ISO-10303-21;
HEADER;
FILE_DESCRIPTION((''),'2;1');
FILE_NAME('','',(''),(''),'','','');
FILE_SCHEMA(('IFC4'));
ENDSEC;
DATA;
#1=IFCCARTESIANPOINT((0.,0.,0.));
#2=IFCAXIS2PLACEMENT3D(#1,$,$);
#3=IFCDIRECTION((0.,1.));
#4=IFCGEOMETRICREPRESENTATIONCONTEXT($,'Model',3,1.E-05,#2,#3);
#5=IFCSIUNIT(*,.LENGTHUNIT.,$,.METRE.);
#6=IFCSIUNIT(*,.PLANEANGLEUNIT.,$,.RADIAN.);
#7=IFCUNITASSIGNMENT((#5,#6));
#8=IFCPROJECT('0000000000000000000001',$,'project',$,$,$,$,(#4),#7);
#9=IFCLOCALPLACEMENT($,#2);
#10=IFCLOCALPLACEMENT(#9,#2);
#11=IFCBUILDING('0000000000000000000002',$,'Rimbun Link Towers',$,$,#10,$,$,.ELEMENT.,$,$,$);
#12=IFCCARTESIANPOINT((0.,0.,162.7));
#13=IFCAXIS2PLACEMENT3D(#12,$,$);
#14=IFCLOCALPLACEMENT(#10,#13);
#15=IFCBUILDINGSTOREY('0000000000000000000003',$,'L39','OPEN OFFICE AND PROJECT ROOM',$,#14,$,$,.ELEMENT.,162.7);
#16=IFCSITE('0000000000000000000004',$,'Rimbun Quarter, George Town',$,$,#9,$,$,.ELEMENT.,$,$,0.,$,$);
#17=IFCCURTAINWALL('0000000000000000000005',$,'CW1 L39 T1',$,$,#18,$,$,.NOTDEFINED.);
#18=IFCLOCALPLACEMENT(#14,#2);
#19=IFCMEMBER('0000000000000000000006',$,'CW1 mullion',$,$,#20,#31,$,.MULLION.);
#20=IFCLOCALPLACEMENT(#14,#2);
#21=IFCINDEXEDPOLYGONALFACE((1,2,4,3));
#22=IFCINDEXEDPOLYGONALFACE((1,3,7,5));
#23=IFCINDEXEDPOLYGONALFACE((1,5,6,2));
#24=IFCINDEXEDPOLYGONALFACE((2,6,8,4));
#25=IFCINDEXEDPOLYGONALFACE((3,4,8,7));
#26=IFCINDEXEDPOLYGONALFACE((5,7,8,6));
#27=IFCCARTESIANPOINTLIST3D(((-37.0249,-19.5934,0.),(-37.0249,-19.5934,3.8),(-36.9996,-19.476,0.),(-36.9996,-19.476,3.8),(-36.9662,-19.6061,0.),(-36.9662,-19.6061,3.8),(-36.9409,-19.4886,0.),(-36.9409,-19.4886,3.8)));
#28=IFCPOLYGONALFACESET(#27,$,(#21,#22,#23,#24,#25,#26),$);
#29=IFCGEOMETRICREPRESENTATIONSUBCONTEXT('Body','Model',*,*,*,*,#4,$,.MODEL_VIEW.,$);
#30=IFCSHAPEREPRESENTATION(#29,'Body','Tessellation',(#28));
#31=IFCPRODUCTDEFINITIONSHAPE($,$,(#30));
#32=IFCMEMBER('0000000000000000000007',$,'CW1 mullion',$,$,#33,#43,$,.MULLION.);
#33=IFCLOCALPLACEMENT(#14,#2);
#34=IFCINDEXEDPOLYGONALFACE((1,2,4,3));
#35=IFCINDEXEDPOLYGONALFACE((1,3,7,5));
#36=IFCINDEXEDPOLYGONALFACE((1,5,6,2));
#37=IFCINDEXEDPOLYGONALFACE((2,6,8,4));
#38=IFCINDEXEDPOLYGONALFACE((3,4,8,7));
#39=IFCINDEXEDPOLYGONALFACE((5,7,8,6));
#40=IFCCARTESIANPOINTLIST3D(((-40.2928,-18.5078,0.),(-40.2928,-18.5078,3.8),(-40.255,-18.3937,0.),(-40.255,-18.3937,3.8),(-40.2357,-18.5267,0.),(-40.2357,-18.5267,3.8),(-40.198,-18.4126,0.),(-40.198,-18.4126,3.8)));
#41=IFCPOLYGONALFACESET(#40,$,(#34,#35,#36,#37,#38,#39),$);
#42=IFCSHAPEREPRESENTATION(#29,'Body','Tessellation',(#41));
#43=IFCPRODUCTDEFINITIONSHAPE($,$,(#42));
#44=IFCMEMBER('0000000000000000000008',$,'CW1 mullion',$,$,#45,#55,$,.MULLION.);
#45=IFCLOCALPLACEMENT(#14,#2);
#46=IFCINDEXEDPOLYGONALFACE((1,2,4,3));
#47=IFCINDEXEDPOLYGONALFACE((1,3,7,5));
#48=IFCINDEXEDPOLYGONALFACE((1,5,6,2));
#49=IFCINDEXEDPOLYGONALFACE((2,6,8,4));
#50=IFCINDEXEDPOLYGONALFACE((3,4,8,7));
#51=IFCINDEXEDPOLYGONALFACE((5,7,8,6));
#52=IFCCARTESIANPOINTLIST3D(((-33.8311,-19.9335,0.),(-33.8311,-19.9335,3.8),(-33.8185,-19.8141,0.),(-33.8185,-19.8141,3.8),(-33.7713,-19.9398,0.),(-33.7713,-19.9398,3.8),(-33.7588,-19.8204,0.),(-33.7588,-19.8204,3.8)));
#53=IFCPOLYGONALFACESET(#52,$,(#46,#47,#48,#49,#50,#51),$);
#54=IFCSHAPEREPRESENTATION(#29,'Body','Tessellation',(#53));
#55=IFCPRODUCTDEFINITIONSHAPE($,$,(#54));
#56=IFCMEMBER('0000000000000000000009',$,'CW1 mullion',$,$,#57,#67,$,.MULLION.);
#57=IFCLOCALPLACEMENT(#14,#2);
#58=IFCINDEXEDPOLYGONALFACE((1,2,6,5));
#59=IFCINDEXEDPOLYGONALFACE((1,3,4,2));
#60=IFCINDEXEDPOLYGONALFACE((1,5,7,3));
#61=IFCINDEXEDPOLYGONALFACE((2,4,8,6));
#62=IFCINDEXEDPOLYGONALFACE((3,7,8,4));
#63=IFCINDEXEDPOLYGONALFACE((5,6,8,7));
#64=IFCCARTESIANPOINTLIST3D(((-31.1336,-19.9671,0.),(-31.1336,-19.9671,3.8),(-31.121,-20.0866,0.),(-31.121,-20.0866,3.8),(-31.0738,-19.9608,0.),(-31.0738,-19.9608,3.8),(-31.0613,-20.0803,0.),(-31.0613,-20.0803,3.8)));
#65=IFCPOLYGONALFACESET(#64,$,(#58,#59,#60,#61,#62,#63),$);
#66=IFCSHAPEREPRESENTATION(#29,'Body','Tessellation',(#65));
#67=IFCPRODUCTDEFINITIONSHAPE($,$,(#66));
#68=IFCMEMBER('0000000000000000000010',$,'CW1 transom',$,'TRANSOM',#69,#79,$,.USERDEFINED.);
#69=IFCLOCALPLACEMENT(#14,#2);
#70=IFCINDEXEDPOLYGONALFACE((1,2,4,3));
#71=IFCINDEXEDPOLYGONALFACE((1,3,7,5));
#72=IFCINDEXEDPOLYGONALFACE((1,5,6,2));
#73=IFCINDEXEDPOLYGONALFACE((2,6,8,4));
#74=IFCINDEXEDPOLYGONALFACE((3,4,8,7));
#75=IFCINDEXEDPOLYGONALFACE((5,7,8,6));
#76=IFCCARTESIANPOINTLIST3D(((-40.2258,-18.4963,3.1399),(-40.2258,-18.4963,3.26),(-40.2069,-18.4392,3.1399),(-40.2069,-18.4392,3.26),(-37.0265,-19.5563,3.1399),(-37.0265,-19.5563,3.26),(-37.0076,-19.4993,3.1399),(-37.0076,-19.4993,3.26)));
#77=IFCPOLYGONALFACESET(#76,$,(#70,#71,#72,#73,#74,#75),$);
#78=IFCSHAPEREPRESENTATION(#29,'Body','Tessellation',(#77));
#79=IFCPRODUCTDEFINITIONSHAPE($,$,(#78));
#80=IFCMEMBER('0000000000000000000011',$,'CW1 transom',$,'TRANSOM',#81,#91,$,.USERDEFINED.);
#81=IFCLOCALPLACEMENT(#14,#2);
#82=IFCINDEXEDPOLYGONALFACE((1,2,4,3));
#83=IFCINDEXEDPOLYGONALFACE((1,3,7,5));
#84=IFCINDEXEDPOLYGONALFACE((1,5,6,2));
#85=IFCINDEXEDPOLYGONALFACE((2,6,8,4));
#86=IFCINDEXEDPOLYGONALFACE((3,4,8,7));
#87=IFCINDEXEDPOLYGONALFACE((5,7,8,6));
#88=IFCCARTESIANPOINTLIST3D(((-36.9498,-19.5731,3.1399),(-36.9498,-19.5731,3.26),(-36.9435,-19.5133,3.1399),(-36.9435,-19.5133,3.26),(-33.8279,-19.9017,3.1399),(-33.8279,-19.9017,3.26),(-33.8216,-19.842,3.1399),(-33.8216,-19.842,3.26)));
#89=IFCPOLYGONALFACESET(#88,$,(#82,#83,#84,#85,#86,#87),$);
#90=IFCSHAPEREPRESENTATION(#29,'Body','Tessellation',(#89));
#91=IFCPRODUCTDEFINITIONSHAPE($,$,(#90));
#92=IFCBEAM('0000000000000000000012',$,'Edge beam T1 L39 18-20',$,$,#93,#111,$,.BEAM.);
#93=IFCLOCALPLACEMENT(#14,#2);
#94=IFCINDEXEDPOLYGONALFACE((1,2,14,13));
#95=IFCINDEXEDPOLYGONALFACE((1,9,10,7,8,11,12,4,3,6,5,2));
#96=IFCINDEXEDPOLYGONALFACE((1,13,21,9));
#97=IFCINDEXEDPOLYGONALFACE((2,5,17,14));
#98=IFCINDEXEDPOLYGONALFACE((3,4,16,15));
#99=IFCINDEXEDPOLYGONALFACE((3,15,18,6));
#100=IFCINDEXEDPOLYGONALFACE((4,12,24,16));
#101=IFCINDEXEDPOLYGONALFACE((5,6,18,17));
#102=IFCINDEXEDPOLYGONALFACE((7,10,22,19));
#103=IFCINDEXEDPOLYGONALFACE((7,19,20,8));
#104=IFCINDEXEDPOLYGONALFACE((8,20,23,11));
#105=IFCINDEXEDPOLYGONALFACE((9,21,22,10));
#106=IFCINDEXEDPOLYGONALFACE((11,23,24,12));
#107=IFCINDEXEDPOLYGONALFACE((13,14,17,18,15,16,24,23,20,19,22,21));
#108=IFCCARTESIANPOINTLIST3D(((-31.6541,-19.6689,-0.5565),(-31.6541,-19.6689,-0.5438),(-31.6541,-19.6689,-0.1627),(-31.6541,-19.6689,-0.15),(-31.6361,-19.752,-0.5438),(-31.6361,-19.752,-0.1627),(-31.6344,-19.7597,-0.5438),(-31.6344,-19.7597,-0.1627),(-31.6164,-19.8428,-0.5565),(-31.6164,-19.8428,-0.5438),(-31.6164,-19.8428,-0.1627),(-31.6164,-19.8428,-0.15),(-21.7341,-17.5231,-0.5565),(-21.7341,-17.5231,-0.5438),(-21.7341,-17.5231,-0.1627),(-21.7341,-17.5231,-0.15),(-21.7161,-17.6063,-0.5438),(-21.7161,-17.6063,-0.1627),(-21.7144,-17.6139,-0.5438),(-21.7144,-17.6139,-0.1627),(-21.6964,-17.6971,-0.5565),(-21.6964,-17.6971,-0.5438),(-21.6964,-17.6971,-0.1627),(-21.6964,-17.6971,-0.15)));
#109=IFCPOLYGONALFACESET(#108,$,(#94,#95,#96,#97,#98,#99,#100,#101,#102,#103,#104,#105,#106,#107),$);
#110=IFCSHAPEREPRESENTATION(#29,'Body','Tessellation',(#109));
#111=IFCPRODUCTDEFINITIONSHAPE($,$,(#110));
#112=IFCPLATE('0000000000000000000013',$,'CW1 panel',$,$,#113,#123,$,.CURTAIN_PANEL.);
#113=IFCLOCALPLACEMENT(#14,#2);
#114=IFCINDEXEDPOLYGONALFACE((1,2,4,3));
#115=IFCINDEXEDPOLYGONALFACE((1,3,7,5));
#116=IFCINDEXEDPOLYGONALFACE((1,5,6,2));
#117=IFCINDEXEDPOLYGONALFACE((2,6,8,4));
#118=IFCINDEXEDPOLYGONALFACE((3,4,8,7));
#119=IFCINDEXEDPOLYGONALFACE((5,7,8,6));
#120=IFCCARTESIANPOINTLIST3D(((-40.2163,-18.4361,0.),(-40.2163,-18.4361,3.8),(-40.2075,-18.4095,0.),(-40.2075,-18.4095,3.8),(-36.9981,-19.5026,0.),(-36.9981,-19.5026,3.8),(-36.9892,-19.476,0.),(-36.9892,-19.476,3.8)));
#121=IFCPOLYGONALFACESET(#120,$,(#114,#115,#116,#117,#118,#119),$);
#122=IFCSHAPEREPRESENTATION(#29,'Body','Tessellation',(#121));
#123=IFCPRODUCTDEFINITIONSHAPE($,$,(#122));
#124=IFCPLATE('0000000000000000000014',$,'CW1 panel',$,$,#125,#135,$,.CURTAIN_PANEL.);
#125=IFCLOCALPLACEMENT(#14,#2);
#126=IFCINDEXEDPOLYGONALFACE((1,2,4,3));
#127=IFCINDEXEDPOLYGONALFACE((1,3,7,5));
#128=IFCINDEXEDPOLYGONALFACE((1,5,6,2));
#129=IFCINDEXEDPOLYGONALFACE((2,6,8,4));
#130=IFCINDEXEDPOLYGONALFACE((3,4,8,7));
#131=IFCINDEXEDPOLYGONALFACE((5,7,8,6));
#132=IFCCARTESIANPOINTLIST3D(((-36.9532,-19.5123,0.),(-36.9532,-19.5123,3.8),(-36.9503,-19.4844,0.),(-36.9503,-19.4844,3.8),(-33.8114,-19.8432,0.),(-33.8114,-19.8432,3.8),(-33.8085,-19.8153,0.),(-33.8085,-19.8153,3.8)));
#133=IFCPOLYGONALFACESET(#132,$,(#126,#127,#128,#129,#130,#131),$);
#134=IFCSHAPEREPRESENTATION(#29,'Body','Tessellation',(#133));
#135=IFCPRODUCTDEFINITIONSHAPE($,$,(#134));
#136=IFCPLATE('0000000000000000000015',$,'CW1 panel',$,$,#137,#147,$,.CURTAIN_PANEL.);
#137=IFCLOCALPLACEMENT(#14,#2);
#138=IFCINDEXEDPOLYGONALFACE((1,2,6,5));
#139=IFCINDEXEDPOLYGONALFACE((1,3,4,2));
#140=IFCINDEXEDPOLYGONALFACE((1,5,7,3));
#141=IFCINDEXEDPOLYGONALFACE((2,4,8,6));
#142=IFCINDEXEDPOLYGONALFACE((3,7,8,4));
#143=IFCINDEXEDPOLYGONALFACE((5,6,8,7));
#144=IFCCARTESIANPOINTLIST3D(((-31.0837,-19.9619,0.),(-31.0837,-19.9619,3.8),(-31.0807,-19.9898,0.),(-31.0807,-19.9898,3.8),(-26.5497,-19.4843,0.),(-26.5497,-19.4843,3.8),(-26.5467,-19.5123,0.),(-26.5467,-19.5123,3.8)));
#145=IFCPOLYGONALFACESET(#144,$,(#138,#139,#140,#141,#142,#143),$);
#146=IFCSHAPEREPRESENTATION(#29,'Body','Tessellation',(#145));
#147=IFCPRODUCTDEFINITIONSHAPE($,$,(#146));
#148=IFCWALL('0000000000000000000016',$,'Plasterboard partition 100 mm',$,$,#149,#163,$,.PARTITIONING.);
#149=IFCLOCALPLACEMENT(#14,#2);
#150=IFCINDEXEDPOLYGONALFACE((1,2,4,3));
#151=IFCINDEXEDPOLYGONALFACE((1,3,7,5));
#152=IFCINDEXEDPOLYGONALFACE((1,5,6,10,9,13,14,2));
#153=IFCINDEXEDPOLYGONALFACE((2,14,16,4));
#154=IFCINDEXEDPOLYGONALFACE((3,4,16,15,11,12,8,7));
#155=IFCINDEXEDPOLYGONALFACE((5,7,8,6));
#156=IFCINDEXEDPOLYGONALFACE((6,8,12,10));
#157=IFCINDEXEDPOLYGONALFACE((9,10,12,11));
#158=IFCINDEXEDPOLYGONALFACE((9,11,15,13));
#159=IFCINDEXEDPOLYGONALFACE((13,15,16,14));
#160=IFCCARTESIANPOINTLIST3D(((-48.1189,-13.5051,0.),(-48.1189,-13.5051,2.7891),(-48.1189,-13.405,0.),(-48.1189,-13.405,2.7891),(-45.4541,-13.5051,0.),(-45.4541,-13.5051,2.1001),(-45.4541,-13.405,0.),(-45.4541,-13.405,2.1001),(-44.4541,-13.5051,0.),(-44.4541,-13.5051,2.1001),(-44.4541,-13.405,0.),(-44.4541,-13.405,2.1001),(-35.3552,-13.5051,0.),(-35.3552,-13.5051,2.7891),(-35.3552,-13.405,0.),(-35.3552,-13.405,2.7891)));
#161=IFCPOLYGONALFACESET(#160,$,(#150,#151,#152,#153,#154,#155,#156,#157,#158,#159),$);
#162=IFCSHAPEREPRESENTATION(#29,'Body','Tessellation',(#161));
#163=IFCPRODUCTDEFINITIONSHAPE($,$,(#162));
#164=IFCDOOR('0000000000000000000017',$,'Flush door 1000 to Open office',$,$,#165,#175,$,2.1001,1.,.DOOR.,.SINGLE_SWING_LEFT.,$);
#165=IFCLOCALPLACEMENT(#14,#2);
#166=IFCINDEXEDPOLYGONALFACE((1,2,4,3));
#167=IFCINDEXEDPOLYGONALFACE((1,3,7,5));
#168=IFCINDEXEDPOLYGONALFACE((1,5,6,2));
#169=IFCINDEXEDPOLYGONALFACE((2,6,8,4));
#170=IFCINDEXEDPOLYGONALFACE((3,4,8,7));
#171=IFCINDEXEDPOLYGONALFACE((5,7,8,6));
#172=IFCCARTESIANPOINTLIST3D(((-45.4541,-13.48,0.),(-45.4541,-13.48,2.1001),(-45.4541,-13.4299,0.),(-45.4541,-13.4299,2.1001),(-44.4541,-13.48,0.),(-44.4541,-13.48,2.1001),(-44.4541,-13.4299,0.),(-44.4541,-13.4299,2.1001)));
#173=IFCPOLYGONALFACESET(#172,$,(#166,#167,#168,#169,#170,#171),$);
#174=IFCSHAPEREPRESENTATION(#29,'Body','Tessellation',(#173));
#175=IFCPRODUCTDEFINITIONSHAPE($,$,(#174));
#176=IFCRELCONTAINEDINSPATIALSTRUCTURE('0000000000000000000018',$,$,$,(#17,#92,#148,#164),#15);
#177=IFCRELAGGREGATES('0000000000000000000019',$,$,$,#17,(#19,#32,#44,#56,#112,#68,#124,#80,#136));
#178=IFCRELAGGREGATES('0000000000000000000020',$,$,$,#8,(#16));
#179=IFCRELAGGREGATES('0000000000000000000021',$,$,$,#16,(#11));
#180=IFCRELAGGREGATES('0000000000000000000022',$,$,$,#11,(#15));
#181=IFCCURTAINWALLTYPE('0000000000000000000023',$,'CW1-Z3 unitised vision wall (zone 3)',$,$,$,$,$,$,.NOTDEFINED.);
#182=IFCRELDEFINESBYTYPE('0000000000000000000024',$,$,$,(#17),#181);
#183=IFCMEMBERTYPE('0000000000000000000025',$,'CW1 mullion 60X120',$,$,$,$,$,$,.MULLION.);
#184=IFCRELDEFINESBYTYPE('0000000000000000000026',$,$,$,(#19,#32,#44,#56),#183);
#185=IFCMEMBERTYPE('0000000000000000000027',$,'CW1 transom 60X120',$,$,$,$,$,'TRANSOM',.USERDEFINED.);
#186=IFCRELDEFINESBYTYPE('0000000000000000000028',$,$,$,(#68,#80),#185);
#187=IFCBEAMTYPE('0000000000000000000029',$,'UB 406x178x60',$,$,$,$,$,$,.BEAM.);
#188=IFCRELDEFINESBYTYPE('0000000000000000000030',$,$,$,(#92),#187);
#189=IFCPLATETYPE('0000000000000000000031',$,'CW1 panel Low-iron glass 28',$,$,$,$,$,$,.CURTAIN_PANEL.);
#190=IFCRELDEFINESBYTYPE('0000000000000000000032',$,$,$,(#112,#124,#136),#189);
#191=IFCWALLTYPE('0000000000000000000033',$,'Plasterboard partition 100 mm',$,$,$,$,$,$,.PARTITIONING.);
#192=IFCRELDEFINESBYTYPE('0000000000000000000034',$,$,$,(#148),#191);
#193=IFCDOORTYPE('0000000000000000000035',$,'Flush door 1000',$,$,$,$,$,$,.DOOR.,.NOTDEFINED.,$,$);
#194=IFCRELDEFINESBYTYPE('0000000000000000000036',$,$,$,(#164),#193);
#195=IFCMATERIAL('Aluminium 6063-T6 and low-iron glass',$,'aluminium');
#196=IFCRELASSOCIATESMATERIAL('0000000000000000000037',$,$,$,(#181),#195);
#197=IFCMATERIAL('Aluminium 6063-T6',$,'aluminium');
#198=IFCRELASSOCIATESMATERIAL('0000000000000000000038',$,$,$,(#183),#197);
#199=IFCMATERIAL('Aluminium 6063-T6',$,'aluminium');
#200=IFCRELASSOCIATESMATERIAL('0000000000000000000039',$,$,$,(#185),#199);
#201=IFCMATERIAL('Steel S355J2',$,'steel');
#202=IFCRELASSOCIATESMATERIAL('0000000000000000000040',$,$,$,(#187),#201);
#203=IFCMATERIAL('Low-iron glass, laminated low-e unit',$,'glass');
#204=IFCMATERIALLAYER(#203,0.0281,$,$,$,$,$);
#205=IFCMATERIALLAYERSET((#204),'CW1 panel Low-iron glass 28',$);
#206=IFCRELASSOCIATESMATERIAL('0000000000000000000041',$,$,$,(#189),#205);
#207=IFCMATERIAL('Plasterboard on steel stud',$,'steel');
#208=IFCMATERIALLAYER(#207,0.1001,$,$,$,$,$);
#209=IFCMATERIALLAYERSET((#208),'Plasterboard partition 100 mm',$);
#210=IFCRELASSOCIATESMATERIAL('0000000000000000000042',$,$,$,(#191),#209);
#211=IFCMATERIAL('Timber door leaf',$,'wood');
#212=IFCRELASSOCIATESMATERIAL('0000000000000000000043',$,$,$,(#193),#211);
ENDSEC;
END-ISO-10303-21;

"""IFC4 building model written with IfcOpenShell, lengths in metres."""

from ifc_helpers import new_model, si_unit, direction, frame, frame_2d, origin, origin_2d, place, context, subcontext, project, spatial, rectangle, i_section, extrude, material, layer, layer_set, material_profile, profile_set, type_object, element, fill, aggregate, save


model = new_model("IFC4")

# Units and contexts
model_context = context("Model", 3, precision=1e-05, world=origin(), true_north=direction((0.0, 1.0)))
body_context = subcontext(model_context, "Body", "Model", "MODEL_VIEW")
ifc_project = project(units=[si_unit("LENGTHUNIT", "METRE"), si_unit("PLANEANGLEUNIT", "RADIAN")], contexts=[model_context])

# Site, building, storey
site_placement = place(None, origin())
site = spatial("IfcSite", under=ifc_project, at=site_placement, Name="Rimbun Quarter, George Town", CompositionType="ELEMENT", RefElevation=0.0)
building_placement = place(site_placement, origin())
building = spatial("IfcBuilding", under=site, at=building_placement, Name="Rimbun Link Towers", CompositionType="ELEMENT")
storey_placement = place(building_placement, frame((0.0, 0.0, 162.7)))
storey = spatial("IfcBuildingStorey", under=building, at=storey_placement, Name="L39", Description="OPEN OFFICE AND PROJECT ROOM", CompositionType="ELEMENT", Elevation=162.7)

# Curtain wall, members
ifc_material_1 = material(Name="Aluminium 6063-T6 and low-iron glass", Category="aluminium")
curtain_wall_type = type_object("IfcCurtainWallType", Name="CW1-Z3 unitised vision wall (zone 3)", PredefinedType="NOTDEFINED", material=ifc_material_1)
curtain_wall_placement = place(storey_placement, origin())
curtain_wall = element("IfcCurtainWall", 1, at=curtain_wall_placement, inside=storey, type_object=curtain_wall_type, Name="CW1 L39 T1", PredefinedType="NOTDEFINED")
ifc_material_2 = material(Name="Aluminium 6063-T6", Category="aluminium")
ifc_material_profile_1 = material_profile(ifc_material_2, rectangle(XDim=0.1201, YDim=0.0601, at=origin_2d()), Name="MULLION 60X120")
ifc_profile_set_1 = profile_set([ifc_material_profile_1], Name="Aluminium 6063-T6")
member_type_1 = type_object("IfcMemberType", Name="CW1 mullion 60X120", PredefinedType="MULLION", material=ifc_profile_set_1)
member_1_placement = place(storey_placement, frame((-36.9829, -19.541, 0.0), z_axis=(0.0, 0.0, 1.0), x_axis=(-0.210866, -0.977515, 0.0)))
member_1 = element("IfcMember", 2, at=member_1_placement, type_object=member_type_1, Name="CW1 mullion", PredefinedType="MULLION", context=body_context, shape_type="SweptSolid", body=[
    extrude(rectangle(XDim=0.1201, YDim=0.0601, at=origin_2d()), origin(), (0.0, 0.0, 1.0), 3.8),
])
member_2_placement = place(storey_placement, frame((-40.2454, -18.4602, 0.0), z_axis=(0.0, 0.0, 1.0), x_axis=(-0.314556, -0.949239, 0.0)))
member_2 = element("IfcMember", 3, at=member_2_placement, type_object=member_type_1, Name="CW1 mullion", PredefinedType="MULLION", context=body_context, shape_type="SweptSolid", body=[
    extrude(rectangle(XDim=0.1201, YDim=0.0601, at=origin_2d()), origin(), (0.0, 0.0, 1.0), 3.8),
])
member_3_placement = place(storey_placement, frame((-33.7949, -19.877, 0.0), z_axis=(0.0, 0.0, 1.0), x_axis=(-0.10474, -0.9945, 0.0)))
member_3 = element("IfcMember", 4, at=member_3_placement, type_object=member_type_1, Name="CW1 mullion", PredefinedType="MULLION", context=body_context, shape_type="SweptSolid", body=[
    extrude(rectangle(XDim=0.1201, YDim=0.0601, at=origin_2d()), origin(), (0.0, 0.0, 1.0), 3.8),
])
member_4_placement = place(storey_placement, frame((-31.0974, -20.0237, 0.0), z_axis=(0.0, 0.0, 1.0), x_axis=(0.10474, -0.9945, 0.0)))
member_4 = element("IfcMember", 5, at=member_4_placement, type_object=member_type_1, Name="CW1 mullion", PredefinedType="MULLION", context=body_context, shape_type="SweptSolid", body=[
    extrude(rectangle(XDim=0.1201, YDim=0.0601, at=origin_2d()), origin(), (0.0, 0.0, 1.0), 3.8),
])
ifc_material_3 = material(Name="Aluminium 6063-T6", Category="aluminium")
ifc_material_profile_2 = material_profile(ifc_material_3, rectangle(XDim=0.0601, YDim=0.1201, at=origin_2d()), Name="TRANSOM 60X120")
ifc_profile_set_2 = profile_set([ifc_material_profile_2], Name="Aluminium 6063-T6")
member_type_2 = type_object("IfcMemberType", Name="CW1 transom 60X120", ElementType="TRANSOM", PredefinedType="USERDEFINED", material=ifc_profile_set_2)
member_5_placement = place(storey_placement, frame((-37.0171, -19.5278, 3.2), z_axis=(-0.949247, 0.314532, 0.0), x_axis=(-0.314532, -0.949247, 0.0)))
member_5 = element("IfcMember", 6, at=member_5_placement, type_object=member_type_2, Name="CW1 transom", ObjectType="TRANSOM", PredefinedType="USERDEFINED", context=body_context, shape_type="SweptSolid", body=[
    extrude(rectangle(XDim=0.0601, YDim=0.1201, at=origin_2d()), origin(), (0.0, 0.0, 1.0), 3.3704),
])
member_6_placement = place(storey_placement, frame((-33.8247, -19.8718, 3.2), z_axis=(-0.994505, 0.104685, 0.0), x_axis=(-0.104685, -0.994505, 0.0)))
member_6 = element("IfcMember", 7, at=member_6_placement, type_object=member_type_2, Name="CW1 transom", ObjectType="TRANSOM", PredefinedType="USERDEFINED", context=body_context, shape_type="SweptSolid", body=[
    extrude(rectangle(XDim=0.0601, YDim=0.1201, at=origin_2d()), origin(), (0.0, 0.0, 1.0), 3.1392),
])

# Beam
ifc_material_4 = material(Name="Steel S355J2", Category="steel")
ifc_material_profile_3 = material_profile(ifc_material_4, i_section(OverallWidth=0.178, OverallDepth=0.4065, WebThickness=0.0078, FlangeThickness=0.0127, at=origin_2d()), Name="UB 406x178x60")
ifc_profile_set_3 = profile_set([ifc_material_profile_3], Name="Steel S355J2")
beam_type = type_object("IfcBeamType", Name="UB 406x178x60", PredefinedType="BEAM", material=ifc_profile_set_3)
beam_placement = place(storey_placement, frame((-31.6353, -19.7559, -0.3533), z_axis=(0.977396, 0.211418, 0.0), x_axis=(-0.211418, 0.977396, 0.0)))
element("IfcBeam", 8, at=beam_placement, inside=storey, type_object=beam_type, Name="Edge beam T1 L39 18-20", PredefinedType="BEAM", context=body_context, shape_type="SweptSolid", body=[
    extrude(i_section(OverallWidth=0.178, OverallDepth=0.4065, WebThickness=0.0078, FlangeThickness=0.0127, at=origin_2d()), origin(), (0.0, 0.0, 1.0), 10.1494),
])

# Plates
ifc_material_5 = material(Name="Low-iron glass, laminated low-e unit", Category="glass")
ifc_layer_1 = layer(ifc_material_5, 0.0281)
ifc_layer_set_1 = layer_set([ifc_layer_1], Name="CW1 panel Low-iron glass 28")
plate_type = type_object("IfcPlateType", Name="CW1 panel Low-iron glass 28", PredefinedType="CURTAIN_PANEL", material=ifc_layer_set_1)
plate_1_placement = place(storey_placement, frame((-38.6028, -18.9561, 0.0), z_axis=(0.0, 0.0, 1.0), x_axis=(-0.949239, 0.314556, 0.0)))
plate_1 = element("IfcPlate", 9, at=plate_1_placement, type_object=plate_type, Name="CW1 panel", PredefinedType="CURTAIN_PANEL", context=body_context, shape_type="SweptSolid", body=[
    extrude(rectangle(XDim=3.3904, YDim=0.0281, at=origin_2d()), origin(), (0.0, 0.0, 1.0), 3.8),
])
plate_2_placement = place(storey_placement, frame((-35.3809, -19.6638, 0.0), z_axis=(0.0, 0.0, 1.0), x_axis=(-0.9945, 0.10474, 0.0)))
plate_2 = element("IfcPlate", 10, at=plate_2_placement, type_object=plate_type, Name="CW1 panel", PredefinedType="CURTAIN_PANEL", context=body_context, shape_type="SweptSolid", body=[
    extrude(rectangle(XDim=3.1592, YDim=0.0281, at=origin_2d()), origin(), (0.0, 0.0, 1.0), 3.8),
])
plate_3_placement = place(storey_placement, frame((-28.8152, -19.7371, 0.0), z_axis=(0.0, 0.0, 1.0), x_axis=(-0.9945, -0.10474, 0.0)))
plate_3 = element("IfcPlate", 11, at=plate_3_placement, type_object=plate_type, Name="CW1 panel", PredefinedType="CURTAIN_PANEL", context=body_context, shape_type="SweptSolid", body=[
    extrude(rectangle(XDim=4.5591, YDim=0.0281, at=origin_2d()), origin(), (0.0, 0.0, 1.0), 3.8),
])
aggregate(curtain_wall, [member_1, member_2, member_3, member_4, plate_1, member_5, plate_2, member_6, plate_3])

# Wall, opening, door
ifc_material_6 = material(Name="Plasterboard on steel stud", Category="steel")
ifc_layer_2 = layer(ifc_material_6, 0.1001)
ifc_layer_set_2 = layer_set([ifc_layer_2], Name="Plasterboard partition 100 mm")
wall_type = type_object("IfcWallType", Name="Plasterboard partition 100 mm", PredefinedType="PARTITIONING", material=ifc_layer_set_2)
wall_1_placement = place(storey_placement, frame((-35.3552, -13.4551, 0.0), z_axis=(0.0, 0.0, 1.0), x_axis=(-1.0, 0.0, 0.0)))
wall_1 = element("IfcWall", 12, at=wall_1_placement, inside=storey, type_object=wall_type, Name="Plasterboard partition 100 mm", PredefinedType="PARTITIONING", context=body_context, shape_type="SweptSolid", body=[
    extrude(rectangle(XDim=12.7637, YDim=0.1001, at=frame_2d((6.3818, 0.0))), origin(), (0.0, 0.0, 1.0), 2.7891),
])
opening_placement = place(wall_1_placement, frame((9.0989, 0.0, 0.0)))
opening = element("IfcOpeningElement", 13, at=opening_placement, cuts=wall_1, PredefinedType="OPENING", context=body_context, shape_type="SweptSolid", body=[
    extrude(rectangle(XDim=1.0, YDim=2.1001, at=frame_2d((0.5, 1.05))), frame((0.0, 0.0601, 0.0), z_axis=(0.0, -1.0, 0.0), x_axis=(1.0, 0.0, 0.0)), (0.0, 0.0, 1.0), 0.1201),
])
ifc_material_7 = material(Name="Timber door leaf", Category="wood")
door_type = type_object("IfcDoorType", Name="Flush door 1000", OperationType="NOTDEFINED", PredefinedType="DOOR", material=ifc_material_7)
door_placement = place(opening_placement, origin())
door = element("IfcDoor", 14, at=door_placement, inside=storey, type_object=door_type, Name="Flush door 1000 to Open office", OperationType="SINGLE_SWING_LEFT", OverallHeight=2.1001, OverallWidth=1.0, PredefinedType="DOOR", context=body_context, shape_type="SweptSolid", body=[
    extrude(rectangle(XDim=1.0, YDim=2.1001, at=frame_2d((0.5, 1.05))), frame((0.0, 0.0249, 0.0), z_axis=(0.0, -1.0, 0.0), x_axis=(1.0, 0.0, 0.0)), (0.0, 0.0, 1.0), 0.05),
])
fill(opening, door)

save(model, "model.ifc")
